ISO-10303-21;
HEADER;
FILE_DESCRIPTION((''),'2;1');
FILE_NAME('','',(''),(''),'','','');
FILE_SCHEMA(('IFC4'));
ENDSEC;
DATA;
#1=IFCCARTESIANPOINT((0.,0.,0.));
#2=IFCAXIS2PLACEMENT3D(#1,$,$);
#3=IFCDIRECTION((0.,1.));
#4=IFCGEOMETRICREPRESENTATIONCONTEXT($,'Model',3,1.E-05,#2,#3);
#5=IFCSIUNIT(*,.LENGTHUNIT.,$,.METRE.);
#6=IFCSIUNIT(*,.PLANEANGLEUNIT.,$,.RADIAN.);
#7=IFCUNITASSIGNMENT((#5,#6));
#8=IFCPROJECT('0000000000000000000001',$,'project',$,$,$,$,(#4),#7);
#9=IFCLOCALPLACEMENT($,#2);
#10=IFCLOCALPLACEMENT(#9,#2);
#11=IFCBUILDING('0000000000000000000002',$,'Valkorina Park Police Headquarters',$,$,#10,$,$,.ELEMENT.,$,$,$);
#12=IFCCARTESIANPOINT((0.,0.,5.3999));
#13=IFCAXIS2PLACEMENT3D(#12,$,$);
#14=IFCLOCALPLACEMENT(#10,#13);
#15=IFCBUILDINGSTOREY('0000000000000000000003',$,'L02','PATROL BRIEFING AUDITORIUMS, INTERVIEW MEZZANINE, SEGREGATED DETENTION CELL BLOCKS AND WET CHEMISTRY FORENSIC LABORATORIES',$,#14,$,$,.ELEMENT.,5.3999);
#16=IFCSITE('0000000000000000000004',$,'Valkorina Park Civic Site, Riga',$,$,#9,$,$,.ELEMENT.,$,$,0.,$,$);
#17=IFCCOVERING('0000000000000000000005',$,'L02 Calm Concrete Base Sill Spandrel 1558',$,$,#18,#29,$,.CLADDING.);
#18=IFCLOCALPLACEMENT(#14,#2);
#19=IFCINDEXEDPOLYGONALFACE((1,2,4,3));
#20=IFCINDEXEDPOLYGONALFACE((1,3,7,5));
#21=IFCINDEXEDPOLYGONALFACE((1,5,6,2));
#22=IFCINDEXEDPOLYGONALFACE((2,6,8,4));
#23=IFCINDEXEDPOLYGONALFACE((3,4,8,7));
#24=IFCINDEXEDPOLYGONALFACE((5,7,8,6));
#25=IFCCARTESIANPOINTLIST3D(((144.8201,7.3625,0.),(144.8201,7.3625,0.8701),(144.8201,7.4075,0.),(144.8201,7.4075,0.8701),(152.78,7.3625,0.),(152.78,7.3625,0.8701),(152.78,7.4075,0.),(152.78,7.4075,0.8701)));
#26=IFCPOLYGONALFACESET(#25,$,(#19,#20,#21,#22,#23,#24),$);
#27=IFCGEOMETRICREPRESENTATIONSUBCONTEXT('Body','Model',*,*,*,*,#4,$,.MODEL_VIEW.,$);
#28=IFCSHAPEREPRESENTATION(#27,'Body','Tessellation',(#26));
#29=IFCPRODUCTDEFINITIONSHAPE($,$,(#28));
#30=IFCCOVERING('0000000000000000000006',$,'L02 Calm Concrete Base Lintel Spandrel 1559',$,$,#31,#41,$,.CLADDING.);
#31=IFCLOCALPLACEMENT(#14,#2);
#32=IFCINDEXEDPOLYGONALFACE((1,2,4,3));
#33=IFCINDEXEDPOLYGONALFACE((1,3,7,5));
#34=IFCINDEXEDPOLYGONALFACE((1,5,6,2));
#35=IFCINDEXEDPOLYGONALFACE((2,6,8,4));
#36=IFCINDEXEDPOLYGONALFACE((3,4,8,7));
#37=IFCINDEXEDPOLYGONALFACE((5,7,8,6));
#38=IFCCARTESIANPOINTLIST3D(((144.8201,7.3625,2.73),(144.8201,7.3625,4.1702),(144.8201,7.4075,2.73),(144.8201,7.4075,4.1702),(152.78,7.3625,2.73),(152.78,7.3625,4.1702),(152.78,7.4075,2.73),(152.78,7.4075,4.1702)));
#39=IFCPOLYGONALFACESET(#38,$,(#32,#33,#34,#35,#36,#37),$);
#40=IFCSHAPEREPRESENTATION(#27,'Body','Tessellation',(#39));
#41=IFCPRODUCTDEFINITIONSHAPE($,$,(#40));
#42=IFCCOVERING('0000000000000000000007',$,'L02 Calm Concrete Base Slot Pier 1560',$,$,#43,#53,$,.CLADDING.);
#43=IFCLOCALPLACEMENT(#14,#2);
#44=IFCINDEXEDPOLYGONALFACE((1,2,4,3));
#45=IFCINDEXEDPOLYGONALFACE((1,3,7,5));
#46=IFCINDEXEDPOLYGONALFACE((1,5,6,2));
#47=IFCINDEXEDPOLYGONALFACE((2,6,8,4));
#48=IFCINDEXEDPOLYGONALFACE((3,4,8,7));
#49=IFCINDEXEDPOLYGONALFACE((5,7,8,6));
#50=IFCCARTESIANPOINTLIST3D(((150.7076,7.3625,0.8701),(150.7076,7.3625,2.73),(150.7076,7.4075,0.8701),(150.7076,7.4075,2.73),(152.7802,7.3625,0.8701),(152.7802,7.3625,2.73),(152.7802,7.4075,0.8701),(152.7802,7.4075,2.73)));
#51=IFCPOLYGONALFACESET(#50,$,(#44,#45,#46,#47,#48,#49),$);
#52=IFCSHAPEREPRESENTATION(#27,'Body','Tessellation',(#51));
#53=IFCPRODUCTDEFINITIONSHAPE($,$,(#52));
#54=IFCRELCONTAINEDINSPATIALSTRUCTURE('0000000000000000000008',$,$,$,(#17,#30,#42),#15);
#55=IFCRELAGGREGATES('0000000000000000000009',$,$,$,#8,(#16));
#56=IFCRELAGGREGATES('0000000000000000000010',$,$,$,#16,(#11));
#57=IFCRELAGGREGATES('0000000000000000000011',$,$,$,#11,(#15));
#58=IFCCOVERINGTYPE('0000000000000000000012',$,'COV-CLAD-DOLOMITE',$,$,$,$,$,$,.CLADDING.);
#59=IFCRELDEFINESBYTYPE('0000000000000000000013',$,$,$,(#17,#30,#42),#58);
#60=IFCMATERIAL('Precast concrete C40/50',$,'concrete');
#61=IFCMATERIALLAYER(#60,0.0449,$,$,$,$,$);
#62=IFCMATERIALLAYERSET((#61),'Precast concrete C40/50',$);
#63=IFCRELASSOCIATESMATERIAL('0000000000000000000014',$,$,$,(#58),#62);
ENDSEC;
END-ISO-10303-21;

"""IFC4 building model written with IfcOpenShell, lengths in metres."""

from ifc_helpers import new_model, si_unit, direction, frame, frame_2d, origin, place, context, subcontext, project, spatial, rectangle, extrude, material, layer, layer_set, type_object, element, save


model = new_model("IFC4")

# Units and contexts
model_context = context("Model", 3, precision=1e-05, world=origin(), true_north=direction((0.0, 1.0)))
body_context = subcontext(model_context, "Body", "Model", "MODEL_VIEW")
ifc_project = project(units=[si_unit("LENGTHUNIT", "METRE"), si_unit("PLANEANGLEUNIT", "RADIAN")], contexts=[model_context])

# Site, building, storey
site_placement = place(None, origin())
site = spatial("IfcSite", under=ifc_project, at=site_placement, Name="Valkorina Park Civic Site, Riga", CompositionType="ELEMENT", RefElevation=0.0)
building_placement = place(site_placement, origin())
building = spatial("IfcBuilding", under=site, at=building_placement, Name="Valkorina Park Police Headquarters", CompositionType="ELEMENT")
storey_placement = place(building_placement, frame((0.0, 0.0, 5.3999)))
storey = spatial("IfcBuildingStorey", under=building, at=storey_placement, Name="L02", Description="PATROL BRIEFING AUDITORIUMS, INTERVIEW MEZZANINE, SEGREGATED DETENTION CELL BLOCKS AND WET CHEMISTRY FORENSIC LABORATORIES", CompositionType="ELEMENT", Elevation=5.3999)

# Shared definitions
ifc_material_1 = material(Name="Precast concrete C40/50", Category="concrete")

# Coverings
ifc_layer_1 = layer(ifc_material_1, 0.0449)
ifc_layer_set_1 = layer_set([ifc_layer_1], Name="Precast concrete C40/50")
covering_type = type_object("IfcCoveringType", Name="COV-CLAD-DOLOMITE", PredefinedType="CLADDING", material=ifc_layer_set_1)
covering_1_placement = place(storey_placement, frame((152.78, 7.385, 0.0), z_axis=(0.0, 0.0, 1.0), x_axis=(-1.0, 0.0, 0.0)))
element("IfcCovering", 1, at=covering_1_placement, inside=storey, type_object=covering_type, Name="L02 Calm Concrete Base Sill Spandrel 1558", PredefinedType="CLADDING", context=body_context, shape_type="SweptSolid", body=[
    extrude(rectangle(XDim=7.96, YDim=0.0449, at=frame_2d((3.98, 0.0))), origin(), (0.0, 0.0, 1.0), 0.8701),
])
covering_2_placement = place(storey_placement, frame((152.78, 7.385, 2.73), z_axis=(0.0, 0.0, 1.0), x_axis=(-1.0, 0.0, 0.0)))
element("IfcCovering", 2, at=covering_2_placement, inside=storey, type_object=covering_type, Name="L02 Calm Concrete Base Lintel Spandrel 1559", PredefinedType="CLADDING", context=body_context, shape_type="SweptSolid", body=[
    extrude(rectangle(XDim=7.96, YDim=0.0449, at=frame_2d((3.98, 0.0))), origin(), (0.0, 0.0, 1.0), 1.4402),
])
covering_3_placement = place(storey_placement, frame((152.78, 7.385, 0.8701), z_axis=(0.0, 0.0, 1.0), x_axis=(-1.0, 0.0, 0.0)))
element("IfcCovering", 3, at=covering_3_placement, inside=storey, type_object=covering_type, Name="L02 Calm Concrete Base Slot Pier 1560", PredefinedType="CLADDING", context=body_context, shape_type="SweptSolid", body=[
    extrude(rectangle(XDim=2.0725, YDim=0.0449, at=frame_2d((1.0361, 0.0))), origin(), (0.0, 0.0, 1.0), 1.8599),
])

save(model, "model.ifc")
